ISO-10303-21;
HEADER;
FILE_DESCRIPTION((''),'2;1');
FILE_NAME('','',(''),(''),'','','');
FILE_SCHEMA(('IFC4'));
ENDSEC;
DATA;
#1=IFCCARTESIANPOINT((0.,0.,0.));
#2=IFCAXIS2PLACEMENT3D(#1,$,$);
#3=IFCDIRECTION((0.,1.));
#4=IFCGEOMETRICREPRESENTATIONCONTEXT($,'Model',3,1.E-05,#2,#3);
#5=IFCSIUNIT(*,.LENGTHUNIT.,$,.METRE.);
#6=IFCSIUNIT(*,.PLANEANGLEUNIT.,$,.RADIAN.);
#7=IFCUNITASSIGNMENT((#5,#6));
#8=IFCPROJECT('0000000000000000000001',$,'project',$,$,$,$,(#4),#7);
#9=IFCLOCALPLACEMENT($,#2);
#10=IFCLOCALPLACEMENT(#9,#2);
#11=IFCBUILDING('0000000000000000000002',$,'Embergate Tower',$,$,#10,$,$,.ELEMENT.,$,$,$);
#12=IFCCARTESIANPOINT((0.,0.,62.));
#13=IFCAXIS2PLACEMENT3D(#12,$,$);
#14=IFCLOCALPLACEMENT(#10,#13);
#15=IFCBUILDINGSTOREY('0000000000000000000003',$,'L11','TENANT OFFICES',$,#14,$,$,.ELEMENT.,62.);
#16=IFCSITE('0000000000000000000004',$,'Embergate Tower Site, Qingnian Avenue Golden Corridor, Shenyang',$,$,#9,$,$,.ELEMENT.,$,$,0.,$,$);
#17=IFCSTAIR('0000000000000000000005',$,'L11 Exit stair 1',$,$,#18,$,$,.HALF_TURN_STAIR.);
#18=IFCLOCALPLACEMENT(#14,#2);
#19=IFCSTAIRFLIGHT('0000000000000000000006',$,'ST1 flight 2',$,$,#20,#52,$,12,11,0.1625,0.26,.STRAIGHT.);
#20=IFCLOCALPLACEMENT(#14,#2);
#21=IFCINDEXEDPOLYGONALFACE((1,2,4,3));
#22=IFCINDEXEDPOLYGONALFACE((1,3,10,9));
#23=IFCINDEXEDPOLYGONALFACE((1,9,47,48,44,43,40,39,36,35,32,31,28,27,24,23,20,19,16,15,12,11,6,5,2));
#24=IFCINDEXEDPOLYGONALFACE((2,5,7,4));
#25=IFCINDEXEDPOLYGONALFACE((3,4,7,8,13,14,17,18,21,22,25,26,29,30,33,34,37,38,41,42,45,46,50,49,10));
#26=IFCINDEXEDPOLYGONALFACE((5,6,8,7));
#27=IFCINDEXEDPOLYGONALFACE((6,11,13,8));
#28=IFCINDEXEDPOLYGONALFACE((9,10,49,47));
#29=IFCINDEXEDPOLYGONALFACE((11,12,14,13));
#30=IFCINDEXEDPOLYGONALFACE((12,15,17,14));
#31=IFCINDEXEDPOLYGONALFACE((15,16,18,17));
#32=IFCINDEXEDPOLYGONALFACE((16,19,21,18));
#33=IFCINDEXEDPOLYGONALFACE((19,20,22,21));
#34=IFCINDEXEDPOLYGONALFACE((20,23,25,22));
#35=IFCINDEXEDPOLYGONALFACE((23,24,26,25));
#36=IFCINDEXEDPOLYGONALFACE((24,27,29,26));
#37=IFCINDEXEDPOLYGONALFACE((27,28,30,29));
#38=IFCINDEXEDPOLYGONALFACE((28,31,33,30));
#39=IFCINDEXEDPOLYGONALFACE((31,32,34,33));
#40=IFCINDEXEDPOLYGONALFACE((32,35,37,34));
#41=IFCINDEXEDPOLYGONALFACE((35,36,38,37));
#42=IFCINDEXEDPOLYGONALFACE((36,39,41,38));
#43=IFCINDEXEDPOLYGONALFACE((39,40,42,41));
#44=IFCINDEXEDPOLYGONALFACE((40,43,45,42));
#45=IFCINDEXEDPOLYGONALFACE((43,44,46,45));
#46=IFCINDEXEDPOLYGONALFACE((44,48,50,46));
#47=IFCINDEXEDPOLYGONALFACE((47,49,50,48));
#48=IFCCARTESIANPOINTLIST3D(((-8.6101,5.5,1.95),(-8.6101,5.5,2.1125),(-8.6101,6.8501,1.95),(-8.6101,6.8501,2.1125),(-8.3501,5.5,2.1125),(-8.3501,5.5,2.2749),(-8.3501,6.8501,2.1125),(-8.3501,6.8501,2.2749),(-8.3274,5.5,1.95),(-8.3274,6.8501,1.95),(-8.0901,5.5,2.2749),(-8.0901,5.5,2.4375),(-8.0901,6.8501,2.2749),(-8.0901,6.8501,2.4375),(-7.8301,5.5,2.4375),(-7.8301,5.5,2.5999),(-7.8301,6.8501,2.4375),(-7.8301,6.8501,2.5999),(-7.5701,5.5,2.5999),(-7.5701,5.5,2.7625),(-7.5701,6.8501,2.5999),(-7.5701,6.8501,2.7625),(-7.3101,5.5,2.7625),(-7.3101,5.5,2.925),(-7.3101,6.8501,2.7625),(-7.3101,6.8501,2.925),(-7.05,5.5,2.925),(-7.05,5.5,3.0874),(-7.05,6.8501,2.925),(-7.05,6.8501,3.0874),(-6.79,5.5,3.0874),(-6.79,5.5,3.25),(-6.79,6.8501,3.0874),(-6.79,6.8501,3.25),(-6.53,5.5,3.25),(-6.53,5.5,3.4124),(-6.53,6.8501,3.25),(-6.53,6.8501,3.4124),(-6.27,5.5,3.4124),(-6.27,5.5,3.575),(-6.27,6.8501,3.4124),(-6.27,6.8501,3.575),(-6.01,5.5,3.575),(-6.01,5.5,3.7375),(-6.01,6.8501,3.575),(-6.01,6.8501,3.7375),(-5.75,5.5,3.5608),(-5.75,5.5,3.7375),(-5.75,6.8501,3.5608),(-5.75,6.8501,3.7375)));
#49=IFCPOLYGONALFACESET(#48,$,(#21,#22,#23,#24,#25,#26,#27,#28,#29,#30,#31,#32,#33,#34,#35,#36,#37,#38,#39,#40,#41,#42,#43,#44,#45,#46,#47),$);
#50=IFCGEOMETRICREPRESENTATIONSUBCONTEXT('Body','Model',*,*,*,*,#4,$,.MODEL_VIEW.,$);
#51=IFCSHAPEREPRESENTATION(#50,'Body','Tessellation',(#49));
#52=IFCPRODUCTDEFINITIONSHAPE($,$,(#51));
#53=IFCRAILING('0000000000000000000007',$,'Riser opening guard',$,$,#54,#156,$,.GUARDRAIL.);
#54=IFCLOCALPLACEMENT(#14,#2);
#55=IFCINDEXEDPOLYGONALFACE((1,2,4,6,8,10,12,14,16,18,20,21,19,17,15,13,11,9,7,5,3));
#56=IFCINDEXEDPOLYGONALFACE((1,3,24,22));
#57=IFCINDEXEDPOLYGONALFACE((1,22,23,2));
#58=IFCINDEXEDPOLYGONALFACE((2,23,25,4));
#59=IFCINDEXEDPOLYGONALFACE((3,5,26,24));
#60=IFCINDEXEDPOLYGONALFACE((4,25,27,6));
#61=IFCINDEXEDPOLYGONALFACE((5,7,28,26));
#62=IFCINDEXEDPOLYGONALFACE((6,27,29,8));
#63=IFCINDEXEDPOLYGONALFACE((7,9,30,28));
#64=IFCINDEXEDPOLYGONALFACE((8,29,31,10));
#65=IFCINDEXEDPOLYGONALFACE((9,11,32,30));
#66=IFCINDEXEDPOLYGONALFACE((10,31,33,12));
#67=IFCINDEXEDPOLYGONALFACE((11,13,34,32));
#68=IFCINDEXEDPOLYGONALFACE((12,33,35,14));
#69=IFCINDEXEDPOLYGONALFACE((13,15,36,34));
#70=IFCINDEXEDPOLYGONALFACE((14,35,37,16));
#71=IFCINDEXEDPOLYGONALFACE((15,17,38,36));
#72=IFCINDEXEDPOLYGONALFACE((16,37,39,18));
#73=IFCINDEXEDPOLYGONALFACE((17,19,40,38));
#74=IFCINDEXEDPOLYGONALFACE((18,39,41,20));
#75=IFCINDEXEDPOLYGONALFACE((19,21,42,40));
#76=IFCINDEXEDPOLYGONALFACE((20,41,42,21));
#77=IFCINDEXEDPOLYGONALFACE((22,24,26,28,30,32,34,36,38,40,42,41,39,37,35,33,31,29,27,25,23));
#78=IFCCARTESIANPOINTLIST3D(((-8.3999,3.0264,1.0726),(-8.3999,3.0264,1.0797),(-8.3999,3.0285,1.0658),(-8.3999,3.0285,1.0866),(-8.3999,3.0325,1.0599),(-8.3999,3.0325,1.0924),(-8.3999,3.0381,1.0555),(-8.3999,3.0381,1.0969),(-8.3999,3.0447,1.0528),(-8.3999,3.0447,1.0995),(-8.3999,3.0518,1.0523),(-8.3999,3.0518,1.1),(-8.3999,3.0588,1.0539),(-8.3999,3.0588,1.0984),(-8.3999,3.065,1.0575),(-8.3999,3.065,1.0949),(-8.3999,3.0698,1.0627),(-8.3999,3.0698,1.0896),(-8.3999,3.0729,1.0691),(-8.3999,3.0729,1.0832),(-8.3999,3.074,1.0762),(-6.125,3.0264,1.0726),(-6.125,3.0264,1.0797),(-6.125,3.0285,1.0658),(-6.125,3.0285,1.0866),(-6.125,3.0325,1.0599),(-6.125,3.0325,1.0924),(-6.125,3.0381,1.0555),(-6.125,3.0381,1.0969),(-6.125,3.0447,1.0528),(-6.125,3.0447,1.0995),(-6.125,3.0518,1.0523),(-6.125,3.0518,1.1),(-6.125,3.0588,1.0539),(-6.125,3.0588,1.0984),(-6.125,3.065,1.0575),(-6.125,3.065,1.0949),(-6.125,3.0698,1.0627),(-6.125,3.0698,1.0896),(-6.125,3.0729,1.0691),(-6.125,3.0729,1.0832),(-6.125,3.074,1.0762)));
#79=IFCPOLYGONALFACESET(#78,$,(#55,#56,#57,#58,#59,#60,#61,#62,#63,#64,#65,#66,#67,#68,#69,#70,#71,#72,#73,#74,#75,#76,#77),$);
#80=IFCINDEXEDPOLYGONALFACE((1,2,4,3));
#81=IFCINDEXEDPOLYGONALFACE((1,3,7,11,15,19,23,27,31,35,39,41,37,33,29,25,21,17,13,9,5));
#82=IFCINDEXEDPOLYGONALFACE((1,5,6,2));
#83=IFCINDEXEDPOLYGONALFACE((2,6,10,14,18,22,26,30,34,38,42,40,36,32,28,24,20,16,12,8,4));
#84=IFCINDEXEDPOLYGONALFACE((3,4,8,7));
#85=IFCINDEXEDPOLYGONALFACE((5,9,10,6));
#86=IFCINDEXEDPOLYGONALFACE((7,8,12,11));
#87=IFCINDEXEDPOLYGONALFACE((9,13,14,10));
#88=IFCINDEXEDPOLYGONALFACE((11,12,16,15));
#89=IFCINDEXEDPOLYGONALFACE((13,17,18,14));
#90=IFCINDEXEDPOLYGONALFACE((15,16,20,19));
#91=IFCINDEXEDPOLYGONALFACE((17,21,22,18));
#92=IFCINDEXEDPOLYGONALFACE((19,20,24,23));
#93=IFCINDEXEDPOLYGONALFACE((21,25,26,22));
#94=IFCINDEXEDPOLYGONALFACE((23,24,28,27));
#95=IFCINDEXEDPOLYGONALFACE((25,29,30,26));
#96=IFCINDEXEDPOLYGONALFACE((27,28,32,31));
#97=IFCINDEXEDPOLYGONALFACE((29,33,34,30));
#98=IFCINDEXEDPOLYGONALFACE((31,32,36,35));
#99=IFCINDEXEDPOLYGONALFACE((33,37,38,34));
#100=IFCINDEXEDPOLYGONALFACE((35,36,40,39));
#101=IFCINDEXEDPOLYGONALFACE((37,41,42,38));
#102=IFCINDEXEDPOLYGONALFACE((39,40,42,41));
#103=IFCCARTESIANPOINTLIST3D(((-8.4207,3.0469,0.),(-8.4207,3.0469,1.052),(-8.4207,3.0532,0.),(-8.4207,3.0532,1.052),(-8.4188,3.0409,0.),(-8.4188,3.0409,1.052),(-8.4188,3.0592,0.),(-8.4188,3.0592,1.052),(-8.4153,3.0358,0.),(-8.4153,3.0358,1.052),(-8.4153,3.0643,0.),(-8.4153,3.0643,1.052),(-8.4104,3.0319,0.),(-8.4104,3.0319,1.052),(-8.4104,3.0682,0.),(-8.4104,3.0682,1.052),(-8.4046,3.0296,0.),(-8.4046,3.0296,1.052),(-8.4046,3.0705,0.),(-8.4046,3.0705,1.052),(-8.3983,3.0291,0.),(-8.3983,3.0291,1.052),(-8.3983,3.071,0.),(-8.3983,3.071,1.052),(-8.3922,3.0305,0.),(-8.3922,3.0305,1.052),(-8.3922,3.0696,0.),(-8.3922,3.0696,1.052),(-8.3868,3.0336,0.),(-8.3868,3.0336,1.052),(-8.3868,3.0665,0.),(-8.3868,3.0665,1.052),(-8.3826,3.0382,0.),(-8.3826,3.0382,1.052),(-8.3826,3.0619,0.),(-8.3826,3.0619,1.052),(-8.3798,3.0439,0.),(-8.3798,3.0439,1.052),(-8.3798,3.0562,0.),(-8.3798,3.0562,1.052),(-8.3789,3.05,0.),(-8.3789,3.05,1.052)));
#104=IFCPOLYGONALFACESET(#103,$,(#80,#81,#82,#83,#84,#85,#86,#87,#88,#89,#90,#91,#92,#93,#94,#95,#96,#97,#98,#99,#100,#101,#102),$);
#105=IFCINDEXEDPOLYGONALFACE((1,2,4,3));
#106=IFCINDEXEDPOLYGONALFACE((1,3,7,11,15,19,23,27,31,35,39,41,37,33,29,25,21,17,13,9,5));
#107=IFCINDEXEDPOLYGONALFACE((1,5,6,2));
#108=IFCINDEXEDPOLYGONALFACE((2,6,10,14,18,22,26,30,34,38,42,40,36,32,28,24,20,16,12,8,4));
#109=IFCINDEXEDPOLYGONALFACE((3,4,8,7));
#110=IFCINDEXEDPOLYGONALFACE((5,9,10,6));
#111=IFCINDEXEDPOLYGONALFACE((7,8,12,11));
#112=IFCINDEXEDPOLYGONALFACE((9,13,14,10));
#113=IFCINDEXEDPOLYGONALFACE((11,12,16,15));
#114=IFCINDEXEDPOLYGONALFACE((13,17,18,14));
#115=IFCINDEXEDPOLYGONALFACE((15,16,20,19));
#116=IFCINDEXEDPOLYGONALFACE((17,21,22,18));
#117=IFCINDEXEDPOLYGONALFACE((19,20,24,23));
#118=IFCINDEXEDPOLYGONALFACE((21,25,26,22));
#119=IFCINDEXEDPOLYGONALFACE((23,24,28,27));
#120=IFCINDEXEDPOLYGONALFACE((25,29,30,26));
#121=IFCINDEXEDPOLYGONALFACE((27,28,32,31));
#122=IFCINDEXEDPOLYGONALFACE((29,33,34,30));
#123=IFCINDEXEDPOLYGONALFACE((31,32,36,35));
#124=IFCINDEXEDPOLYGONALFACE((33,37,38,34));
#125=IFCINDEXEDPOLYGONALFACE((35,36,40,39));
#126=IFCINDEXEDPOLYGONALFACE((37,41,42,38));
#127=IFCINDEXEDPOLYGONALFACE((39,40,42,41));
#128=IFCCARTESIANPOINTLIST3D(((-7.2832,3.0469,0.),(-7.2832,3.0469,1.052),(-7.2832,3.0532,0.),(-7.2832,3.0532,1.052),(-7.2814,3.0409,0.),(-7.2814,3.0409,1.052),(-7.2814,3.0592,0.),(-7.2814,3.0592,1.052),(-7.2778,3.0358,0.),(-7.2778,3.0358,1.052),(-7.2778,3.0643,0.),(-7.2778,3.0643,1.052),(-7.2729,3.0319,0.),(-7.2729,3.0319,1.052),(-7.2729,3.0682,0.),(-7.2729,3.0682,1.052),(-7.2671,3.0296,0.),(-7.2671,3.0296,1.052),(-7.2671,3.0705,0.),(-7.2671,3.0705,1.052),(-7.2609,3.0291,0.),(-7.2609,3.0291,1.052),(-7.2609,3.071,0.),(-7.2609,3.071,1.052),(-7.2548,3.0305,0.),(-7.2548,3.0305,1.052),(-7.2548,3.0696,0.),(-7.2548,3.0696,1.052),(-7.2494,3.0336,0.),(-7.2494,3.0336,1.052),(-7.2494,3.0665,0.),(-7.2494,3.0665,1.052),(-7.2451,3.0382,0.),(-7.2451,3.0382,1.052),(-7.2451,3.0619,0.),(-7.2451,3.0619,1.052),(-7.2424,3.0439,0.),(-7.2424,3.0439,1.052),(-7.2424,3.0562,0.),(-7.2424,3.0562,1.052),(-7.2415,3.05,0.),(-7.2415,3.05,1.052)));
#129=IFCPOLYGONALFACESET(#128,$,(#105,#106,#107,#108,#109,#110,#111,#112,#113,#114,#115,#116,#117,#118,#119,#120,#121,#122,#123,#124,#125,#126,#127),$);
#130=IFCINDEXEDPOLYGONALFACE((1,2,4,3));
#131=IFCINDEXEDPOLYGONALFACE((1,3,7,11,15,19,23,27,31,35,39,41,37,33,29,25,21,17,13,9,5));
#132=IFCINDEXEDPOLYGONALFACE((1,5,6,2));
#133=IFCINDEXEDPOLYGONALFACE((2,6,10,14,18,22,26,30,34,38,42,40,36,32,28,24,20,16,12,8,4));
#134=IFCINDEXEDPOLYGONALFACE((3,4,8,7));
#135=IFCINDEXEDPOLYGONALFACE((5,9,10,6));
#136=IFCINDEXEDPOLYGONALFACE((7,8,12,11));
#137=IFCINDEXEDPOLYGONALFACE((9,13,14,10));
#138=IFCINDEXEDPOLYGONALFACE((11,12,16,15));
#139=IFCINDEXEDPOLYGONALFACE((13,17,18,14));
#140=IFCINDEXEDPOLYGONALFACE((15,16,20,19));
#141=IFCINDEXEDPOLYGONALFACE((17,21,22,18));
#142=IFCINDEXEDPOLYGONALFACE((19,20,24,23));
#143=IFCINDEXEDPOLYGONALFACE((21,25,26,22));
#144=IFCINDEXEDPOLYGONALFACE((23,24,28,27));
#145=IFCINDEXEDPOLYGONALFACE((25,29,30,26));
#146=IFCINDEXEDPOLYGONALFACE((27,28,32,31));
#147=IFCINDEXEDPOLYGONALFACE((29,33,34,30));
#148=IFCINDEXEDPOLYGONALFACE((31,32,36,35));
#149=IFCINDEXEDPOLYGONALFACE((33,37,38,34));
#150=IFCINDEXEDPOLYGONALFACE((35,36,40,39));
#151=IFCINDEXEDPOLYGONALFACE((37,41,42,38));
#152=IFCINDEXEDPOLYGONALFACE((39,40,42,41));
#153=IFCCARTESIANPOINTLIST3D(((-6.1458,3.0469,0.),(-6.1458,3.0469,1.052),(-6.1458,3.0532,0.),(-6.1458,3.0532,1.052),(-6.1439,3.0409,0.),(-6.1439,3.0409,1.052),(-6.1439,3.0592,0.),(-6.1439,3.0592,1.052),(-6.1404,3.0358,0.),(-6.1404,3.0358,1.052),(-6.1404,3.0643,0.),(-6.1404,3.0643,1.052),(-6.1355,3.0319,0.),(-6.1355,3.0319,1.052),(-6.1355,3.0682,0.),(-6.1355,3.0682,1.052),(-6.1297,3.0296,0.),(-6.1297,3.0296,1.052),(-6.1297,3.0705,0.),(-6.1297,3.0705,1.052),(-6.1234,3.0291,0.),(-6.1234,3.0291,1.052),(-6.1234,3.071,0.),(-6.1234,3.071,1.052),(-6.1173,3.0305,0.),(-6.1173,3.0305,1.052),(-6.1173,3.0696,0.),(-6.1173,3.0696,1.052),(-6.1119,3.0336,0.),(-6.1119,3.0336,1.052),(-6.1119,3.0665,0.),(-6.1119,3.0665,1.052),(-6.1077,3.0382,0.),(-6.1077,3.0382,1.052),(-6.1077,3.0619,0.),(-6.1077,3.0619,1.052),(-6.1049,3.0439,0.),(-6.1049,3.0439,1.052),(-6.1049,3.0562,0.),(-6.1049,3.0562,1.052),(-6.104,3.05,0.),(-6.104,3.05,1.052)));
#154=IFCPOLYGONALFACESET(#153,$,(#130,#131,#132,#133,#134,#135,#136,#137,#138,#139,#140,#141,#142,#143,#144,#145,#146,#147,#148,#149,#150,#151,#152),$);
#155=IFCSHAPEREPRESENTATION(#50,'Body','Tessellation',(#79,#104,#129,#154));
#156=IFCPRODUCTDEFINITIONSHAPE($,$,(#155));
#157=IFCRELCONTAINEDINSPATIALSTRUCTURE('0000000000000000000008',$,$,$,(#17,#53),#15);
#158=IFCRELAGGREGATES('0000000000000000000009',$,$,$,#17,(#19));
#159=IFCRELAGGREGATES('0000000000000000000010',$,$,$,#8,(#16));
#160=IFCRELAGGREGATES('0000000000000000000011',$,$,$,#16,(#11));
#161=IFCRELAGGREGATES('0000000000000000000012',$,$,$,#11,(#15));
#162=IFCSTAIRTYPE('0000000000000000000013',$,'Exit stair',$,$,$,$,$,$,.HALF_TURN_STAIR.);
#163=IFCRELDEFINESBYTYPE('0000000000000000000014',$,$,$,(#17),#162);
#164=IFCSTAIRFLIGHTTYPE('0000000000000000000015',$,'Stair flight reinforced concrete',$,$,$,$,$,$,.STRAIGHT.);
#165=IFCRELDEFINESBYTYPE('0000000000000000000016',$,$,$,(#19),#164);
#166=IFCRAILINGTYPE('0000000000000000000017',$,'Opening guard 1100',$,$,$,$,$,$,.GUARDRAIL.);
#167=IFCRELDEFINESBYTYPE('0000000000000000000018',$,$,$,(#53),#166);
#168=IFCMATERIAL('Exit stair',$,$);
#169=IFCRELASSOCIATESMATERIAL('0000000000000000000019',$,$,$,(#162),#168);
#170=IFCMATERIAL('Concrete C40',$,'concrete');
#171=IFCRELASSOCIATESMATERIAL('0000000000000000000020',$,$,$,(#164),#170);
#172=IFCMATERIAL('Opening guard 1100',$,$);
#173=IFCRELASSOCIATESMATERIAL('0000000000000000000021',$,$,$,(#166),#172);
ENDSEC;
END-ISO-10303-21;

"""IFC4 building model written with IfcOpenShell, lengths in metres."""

from ifc_helpers import new_model, si_unit, direction, frame, origin, origin_2d, place, context, subcontext, project, spatial, polyline, circle, outline, extrude, source, transform, mapped, material, type_object, element, aggregate, save


model = new_model("IFC4")

# Units and contexts
model_context = context("Model", 3, precision=1e-05, world=origin(), true_north=direction((0.0, 1.0)))
body_context = subcontext(model_context, "Body", "Model", "MODEL_VIEW")
ifc_project = project(units=[si_unit("LENGTHUNIT", "METRE"), si_unit("PLANEANGLEUNIT", "RADIAN")], contexts=[model_context])

# Site, building, storey
site_placement = place(None, origin())
site = spatial("IfcSite", under=ifc_project, at=site_placement, Name="Embergate Tower Site, Qingnian Avenue Golden Corridor, Shenyang", CompositionType="ELEMENT", RefElevation=0.0)
building_placement = place(site_placement, origin())
building = spatial("IfcBuilding", under=site, at=building_placement, Name="Embergate Tower", CompositionType="ELEMENT")
storey_placement = place(building_placement, frame((0.0, 0.0, 62.0)))
storey = spatial("IfcBuildingStorey", under=building, at=storey_placement, Name="L11", Description="TENANT OFFICES", CompositionType="ELEMENT", Elevation=62.0)

# Stair
ifc_material_1 = material(Name="Exit stair")
stair_type = type_object("IfcStairType", Name="Exit stair", PredefinedType="HALF_TURN_STAIR", material=ifc_material_1)
stair_placement = place(storey_placement, origin())
stair = element("IfcStair", 1, at=stair_placement, inside=storey, type_object=stair_type, Name="L11 Exit stair 1", PredefinedType="HALF_TURN_STAIR")
ifc_material_2 = material(Name="Concrete C40", Category="concrete")

# Stair flight
stair_flight_type = type_object("IfcStairFlightType", Name="Stair flight reinforced concrete", PredefinedType="STRAIGHT", material=ifc_material_2)
shared_shape_1 = source(origin(), body_context, "Body", "SweptSolid", [
    extrude(outline(polyline([(0.0, 0.0), (0.0, 0.1626), (0.26, 0.1626), (0.26, 0.325), (0.52, 0.325), (0.52, 0.4875), (0.78, 0.4875), (0.78, 0.6499), (1.04, 0.6499), (1.04, 0.8125), (1.3, 0.8125), (1.3, 0.9751), (1.5601, 0.9751), (1.5601, 1.1375), (1.8201, 1.1375), (1.8201, 1.3), (2.0801, 1.3), (2.0801, 1.4624), (2.3401, 1.4624), (2.3401, 1.625), (2.6001, 1.625), (2.6001, 1.7876), (2.8601, 1.7876), (2.8601, 1.95), (2.8601, 1.6108), (0.2827, 0.0), (0.0, 0.0)])), frame((0.0, 0.675, 0.0), z_axis=(0.0, -1.0, 0.0), x_axis=(1.0, 0.0, 0.0)), (0.0, 0.0, 1.0), 1.3501),
])
stair_flight_placement = place(storey_placement, frame((-8.6101, 6.175, 1.95), z_axis=(0.0, 0.0, 1.0), x_axis=(1.0, 0.0, 0.0)))
stair_flight = element("IfcStairFlight", 2, at=stair_flight_placement, type_object=stair_flight_type, Name="ST1 flight 2", NumberOfRisers=12, NumberOfTreads=11, PredefinedType="STRAIGHT", RiserHeight=0.1625, TreadLength=0.26, context=body_context, shape_type="MappedRepresentation", body=[
    mapped(shared_shape_1, transform((0.0, 0.0, 0.0))),
])
aggregate(stair, [stair_flight])

# Railing
ifc_material_3 = material(Name="Opening guard 1100")
railing_type = type_object("IfcRailingType", Name="Opening guard 1100", PredefinedType="GUARDRAIL", material=ifc_material_3)
shared_shape_2 = source(origin(), body_context, "Body", "SweptSolid", [
    extrude(circle(Radius=0.0239, at=origin_2d()), frame((0.0, 0.0, 1.0762), z_axis=(1.0, 0.0, 0.0), x_axis=(0.0, 1.0, 0.0)), (0.0, 0.0, 1.0), 2.2749),
    extrude(circle(Radius=0.021, at=origin_2d()), origin(), (0.0, 0.0, 1.0), 1.052),
    extrude(circle(Radius=0.021, at=origin_2d()), frame((1.1375, 0.0, 0.0)), (0.0, 0.0, 1.0), 1.052),
    extrude(circle(Radius=0.021, at=origin_2d()), frame((2.2749, 0.0, 0.0)), (0.0, 0.0, 1.0), 1.052),
])
railing_placement = place(storey_placement, frame((-8.3999, 3.05, 0.0)))
element("IfcRailing", 3, at=railing_placement, inside=storey, type_object=railing_type, Name="Riser opening guard", PredefinedType="GUARDRAIL", context=body_context, shape_type="MappedRepresentation", body=[
    mapped(shared_shape_2, transform((0.0, 0.0, 0.0))),
])

save(model, "model.ifc")
